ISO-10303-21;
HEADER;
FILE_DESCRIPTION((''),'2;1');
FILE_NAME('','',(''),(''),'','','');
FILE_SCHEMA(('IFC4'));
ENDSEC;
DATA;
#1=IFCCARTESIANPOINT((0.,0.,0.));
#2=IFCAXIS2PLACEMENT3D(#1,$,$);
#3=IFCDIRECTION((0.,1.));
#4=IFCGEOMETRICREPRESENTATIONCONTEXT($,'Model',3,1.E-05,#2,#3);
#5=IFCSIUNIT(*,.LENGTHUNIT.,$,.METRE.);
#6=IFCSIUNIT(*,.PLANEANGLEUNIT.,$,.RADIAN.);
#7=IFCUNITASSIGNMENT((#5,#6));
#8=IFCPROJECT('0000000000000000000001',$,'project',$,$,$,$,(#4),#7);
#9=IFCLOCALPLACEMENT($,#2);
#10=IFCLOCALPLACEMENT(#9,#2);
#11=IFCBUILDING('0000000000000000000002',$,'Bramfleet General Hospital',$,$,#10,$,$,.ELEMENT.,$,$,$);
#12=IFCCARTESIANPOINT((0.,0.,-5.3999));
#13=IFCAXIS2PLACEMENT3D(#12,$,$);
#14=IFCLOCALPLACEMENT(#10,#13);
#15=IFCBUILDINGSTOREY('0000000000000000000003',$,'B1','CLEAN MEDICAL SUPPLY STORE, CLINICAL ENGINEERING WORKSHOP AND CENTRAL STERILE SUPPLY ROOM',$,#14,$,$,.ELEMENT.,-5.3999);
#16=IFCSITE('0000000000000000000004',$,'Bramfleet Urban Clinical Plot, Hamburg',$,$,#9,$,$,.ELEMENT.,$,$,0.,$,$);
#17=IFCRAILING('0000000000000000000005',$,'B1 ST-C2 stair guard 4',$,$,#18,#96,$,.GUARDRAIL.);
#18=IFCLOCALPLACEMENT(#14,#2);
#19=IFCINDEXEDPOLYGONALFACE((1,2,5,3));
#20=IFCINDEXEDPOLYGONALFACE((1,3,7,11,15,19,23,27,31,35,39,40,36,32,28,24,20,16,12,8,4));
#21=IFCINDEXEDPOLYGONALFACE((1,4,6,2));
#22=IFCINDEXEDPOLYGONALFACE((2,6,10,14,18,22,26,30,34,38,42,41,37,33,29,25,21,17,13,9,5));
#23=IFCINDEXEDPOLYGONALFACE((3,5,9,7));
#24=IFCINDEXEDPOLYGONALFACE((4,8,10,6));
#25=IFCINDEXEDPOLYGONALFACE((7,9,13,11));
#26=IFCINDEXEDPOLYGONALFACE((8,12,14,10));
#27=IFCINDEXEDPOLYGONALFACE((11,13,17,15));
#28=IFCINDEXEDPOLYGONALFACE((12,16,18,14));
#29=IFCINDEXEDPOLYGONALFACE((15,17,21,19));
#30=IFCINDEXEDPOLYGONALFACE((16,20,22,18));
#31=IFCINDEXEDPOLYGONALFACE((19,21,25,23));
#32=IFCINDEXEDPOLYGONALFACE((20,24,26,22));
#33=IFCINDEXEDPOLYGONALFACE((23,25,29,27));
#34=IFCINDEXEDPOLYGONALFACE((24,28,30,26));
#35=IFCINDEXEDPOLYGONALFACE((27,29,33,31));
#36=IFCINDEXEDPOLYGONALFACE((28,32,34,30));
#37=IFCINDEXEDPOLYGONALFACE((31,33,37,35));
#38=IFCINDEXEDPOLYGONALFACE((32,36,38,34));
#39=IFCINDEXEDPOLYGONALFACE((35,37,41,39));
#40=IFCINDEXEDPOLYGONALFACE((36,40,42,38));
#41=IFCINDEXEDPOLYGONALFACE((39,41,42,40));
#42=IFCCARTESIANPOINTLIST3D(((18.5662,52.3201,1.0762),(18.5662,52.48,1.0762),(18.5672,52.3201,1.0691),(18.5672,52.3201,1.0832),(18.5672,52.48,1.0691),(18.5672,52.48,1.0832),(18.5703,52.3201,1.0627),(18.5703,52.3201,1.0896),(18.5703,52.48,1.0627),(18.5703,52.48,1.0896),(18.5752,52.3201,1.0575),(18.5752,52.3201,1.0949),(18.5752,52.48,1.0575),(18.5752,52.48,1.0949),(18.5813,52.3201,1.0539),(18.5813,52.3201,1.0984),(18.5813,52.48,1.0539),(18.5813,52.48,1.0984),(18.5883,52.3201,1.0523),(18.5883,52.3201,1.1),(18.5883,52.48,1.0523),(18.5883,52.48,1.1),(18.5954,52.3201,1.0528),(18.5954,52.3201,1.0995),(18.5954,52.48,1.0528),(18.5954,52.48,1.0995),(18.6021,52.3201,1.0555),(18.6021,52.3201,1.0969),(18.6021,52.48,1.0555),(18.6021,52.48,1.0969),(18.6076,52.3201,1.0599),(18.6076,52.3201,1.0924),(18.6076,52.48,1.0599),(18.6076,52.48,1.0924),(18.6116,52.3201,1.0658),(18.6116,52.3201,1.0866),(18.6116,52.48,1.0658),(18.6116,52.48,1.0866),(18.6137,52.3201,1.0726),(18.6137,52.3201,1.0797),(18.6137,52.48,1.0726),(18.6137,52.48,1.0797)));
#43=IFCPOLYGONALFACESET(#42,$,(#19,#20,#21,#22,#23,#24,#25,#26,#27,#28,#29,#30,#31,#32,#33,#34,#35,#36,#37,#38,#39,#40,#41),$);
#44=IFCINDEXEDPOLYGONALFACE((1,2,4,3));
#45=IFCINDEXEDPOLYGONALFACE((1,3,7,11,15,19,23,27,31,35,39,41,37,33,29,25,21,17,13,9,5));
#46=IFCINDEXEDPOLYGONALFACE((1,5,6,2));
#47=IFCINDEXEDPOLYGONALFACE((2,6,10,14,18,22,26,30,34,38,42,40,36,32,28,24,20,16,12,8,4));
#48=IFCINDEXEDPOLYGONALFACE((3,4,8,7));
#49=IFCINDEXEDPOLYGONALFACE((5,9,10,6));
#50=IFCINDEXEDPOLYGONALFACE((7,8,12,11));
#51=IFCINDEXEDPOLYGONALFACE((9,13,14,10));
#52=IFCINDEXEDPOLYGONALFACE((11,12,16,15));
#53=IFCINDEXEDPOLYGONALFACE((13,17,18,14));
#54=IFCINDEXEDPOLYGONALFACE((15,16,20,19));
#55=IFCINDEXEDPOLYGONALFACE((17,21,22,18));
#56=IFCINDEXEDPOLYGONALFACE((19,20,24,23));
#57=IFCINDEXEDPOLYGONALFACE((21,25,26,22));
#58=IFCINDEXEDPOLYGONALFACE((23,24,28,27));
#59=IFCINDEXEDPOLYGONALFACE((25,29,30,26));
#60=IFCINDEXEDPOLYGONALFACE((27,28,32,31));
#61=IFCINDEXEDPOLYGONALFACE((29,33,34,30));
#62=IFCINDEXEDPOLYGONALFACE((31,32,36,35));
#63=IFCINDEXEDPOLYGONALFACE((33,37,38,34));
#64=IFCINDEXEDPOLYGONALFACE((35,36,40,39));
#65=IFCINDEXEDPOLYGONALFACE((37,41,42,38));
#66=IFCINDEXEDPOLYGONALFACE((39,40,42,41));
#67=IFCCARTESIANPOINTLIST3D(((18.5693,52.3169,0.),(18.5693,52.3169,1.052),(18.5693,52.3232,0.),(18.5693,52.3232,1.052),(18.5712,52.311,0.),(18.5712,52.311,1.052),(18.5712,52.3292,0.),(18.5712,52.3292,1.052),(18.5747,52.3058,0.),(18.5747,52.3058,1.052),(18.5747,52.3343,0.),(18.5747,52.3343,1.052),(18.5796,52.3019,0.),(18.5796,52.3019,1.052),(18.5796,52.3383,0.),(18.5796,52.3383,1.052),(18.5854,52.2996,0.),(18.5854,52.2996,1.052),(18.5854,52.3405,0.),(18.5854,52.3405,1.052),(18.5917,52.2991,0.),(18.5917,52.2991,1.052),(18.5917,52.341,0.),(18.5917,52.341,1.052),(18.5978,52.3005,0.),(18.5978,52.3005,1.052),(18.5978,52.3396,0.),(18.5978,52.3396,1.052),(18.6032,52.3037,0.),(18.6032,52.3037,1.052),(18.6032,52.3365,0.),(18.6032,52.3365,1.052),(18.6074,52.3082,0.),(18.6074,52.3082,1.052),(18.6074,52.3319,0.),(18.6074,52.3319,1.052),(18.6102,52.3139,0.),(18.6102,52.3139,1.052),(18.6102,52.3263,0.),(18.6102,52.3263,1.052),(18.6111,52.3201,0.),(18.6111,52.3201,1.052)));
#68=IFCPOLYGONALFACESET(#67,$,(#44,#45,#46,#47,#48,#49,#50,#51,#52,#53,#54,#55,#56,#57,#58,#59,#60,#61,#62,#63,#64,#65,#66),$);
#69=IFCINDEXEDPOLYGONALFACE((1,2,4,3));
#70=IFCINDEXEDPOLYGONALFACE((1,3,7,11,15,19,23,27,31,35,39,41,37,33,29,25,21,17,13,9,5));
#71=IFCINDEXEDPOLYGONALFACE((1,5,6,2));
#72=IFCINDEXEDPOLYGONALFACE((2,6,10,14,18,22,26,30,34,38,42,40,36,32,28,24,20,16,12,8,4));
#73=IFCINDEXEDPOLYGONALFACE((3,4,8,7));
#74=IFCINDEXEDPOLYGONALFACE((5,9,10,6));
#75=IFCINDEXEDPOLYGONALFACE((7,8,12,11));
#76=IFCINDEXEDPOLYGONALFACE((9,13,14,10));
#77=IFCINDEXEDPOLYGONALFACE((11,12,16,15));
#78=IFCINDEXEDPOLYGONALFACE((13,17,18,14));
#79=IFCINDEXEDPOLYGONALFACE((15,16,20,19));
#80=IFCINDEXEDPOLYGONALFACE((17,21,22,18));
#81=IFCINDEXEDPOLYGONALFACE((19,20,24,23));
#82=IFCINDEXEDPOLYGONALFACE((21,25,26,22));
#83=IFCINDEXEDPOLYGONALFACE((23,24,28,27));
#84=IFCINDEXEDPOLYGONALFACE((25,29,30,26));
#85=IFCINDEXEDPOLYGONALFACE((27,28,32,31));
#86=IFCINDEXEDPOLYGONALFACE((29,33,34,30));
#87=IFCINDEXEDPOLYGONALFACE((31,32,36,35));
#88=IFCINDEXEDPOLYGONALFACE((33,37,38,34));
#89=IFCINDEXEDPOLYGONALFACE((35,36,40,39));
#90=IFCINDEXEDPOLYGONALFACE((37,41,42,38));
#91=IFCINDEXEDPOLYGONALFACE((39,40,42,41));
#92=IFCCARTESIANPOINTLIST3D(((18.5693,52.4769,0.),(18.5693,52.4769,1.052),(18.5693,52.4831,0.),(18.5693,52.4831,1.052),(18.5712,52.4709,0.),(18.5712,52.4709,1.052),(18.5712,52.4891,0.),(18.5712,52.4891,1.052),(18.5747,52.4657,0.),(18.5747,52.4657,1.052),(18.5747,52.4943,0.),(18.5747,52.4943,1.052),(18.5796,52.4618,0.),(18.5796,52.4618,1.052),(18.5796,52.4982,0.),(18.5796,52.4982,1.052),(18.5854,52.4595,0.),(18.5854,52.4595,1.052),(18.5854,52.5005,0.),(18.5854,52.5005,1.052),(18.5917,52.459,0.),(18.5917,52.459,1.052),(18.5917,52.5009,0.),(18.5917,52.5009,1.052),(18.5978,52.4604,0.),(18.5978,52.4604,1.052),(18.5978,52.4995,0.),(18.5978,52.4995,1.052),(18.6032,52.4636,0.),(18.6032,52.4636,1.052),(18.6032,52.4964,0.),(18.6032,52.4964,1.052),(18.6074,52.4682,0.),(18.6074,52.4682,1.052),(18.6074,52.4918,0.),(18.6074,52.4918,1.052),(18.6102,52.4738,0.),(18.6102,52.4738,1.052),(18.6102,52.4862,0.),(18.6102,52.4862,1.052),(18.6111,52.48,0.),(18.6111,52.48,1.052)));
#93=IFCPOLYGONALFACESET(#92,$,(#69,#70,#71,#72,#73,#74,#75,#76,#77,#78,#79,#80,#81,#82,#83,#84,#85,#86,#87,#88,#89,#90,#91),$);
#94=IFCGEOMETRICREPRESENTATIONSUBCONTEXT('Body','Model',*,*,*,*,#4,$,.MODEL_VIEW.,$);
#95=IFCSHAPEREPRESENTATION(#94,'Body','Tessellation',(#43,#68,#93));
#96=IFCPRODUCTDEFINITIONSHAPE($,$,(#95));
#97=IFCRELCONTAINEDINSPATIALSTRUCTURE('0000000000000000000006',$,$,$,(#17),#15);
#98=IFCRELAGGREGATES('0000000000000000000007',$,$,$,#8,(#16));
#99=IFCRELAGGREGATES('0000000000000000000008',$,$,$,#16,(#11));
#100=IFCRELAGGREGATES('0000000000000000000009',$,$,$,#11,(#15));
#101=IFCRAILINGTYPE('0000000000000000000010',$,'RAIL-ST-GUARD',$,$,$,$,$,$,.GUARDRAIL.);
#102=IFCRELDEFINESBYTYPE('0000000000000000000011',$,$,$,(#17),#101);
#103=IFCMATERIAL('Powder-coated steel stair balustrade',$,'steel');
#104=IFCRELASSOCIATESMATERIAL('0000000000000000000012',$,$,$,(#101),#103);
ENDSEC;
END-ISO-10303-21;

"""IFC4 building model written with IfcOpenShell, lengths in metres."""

from ifc_helpers import new_model, si_unit, direction, frame, origin, origin_2d, place, context, subcontext, project, spatial, circle, extrude, material, type_object, element, save


model = new_model("IFC4")

# Units and contexts
model_context = context("Model", 3, precision=1e-05, world=origin(), true_north=direction((0.0, 1.0)))
body_context = subcontext(model_context, "Body", "Model", "MODEL_VIEW")
ifc_project = project(units=[si_unit("LENGTHUNIT", "METRE"), si_unit("PLANEANGLEUNIT", "RADIAN")], contexts=[model_context])

# Site, building, storey
site_placement = place(None, origin())
site = spatial("IfcSite", under=ifc_project, at=site_placement, Name="Bramfleet Urban Clinical Plot, Hamburg", CompositionType="ELEMENT", RefElevation=0.0)
building_placement = place(site_placement, origin())
building = spatial("IfcBuilding", under=site, at=building_placement, Name="Bramfleet General Hospital", CompositionType="ELEMENT")
storey_placement = place(building_placement, frame((0.0, 0.0, -5.3999)))
storey = spatial("IfcBuildingStorey", under=building, at=storey_placement, Name="B1", Description="CLEAN MEDICAL SUPPLY STORE, CLINICAL ENGINEERING WORKSHOP AND CENTRAL STERILE SUPPLY ROOM", CompositionType="ELEMENT", Elevation=-5.3999)

# Railing
ifc_material_1 = material(Name="Powder-coated steel stair balustrade", Category="steel")
railing_type_1 = type_object("IfcRailingType", Name="RAIL-ST-GUARD", PredefinedType="GUARDRAIL", material=ifc_material_1)
railing_1_placement = place(storey_placement, frame((18.5901, 52.3201, 0.0)))
element("IfcRailing", 1, at=railing_1_placement, inside=storey, type_object=railing_type_1, Name="B1 ST-C2 stair guard 4", PredefinedType="GUARDRAIL", context=body_context, shape_type="SweptSolid", body=[
    extrude(circle(Radius=0.0239, at=origin_2d()), frame((0.0, 0.0, 1.0762), z_axis=(0.0, 1.0, 0.0), x_axis=(-1.0, 0.0, 0.0)), (0.0, 0.0, 1.0), 0.1599),
    extrude(circle(Radius=0.021, at=origin_2d()), origin(), (0.0, 0.0, 1.0), 1.052),
    extrude(circle(Radius=0.021, at=origin_2d()), frame((0.0, 0.1599, 0.0)), (0.0, 0.0, 1.0), 1.052),
])

save(model, "model.ifc")
